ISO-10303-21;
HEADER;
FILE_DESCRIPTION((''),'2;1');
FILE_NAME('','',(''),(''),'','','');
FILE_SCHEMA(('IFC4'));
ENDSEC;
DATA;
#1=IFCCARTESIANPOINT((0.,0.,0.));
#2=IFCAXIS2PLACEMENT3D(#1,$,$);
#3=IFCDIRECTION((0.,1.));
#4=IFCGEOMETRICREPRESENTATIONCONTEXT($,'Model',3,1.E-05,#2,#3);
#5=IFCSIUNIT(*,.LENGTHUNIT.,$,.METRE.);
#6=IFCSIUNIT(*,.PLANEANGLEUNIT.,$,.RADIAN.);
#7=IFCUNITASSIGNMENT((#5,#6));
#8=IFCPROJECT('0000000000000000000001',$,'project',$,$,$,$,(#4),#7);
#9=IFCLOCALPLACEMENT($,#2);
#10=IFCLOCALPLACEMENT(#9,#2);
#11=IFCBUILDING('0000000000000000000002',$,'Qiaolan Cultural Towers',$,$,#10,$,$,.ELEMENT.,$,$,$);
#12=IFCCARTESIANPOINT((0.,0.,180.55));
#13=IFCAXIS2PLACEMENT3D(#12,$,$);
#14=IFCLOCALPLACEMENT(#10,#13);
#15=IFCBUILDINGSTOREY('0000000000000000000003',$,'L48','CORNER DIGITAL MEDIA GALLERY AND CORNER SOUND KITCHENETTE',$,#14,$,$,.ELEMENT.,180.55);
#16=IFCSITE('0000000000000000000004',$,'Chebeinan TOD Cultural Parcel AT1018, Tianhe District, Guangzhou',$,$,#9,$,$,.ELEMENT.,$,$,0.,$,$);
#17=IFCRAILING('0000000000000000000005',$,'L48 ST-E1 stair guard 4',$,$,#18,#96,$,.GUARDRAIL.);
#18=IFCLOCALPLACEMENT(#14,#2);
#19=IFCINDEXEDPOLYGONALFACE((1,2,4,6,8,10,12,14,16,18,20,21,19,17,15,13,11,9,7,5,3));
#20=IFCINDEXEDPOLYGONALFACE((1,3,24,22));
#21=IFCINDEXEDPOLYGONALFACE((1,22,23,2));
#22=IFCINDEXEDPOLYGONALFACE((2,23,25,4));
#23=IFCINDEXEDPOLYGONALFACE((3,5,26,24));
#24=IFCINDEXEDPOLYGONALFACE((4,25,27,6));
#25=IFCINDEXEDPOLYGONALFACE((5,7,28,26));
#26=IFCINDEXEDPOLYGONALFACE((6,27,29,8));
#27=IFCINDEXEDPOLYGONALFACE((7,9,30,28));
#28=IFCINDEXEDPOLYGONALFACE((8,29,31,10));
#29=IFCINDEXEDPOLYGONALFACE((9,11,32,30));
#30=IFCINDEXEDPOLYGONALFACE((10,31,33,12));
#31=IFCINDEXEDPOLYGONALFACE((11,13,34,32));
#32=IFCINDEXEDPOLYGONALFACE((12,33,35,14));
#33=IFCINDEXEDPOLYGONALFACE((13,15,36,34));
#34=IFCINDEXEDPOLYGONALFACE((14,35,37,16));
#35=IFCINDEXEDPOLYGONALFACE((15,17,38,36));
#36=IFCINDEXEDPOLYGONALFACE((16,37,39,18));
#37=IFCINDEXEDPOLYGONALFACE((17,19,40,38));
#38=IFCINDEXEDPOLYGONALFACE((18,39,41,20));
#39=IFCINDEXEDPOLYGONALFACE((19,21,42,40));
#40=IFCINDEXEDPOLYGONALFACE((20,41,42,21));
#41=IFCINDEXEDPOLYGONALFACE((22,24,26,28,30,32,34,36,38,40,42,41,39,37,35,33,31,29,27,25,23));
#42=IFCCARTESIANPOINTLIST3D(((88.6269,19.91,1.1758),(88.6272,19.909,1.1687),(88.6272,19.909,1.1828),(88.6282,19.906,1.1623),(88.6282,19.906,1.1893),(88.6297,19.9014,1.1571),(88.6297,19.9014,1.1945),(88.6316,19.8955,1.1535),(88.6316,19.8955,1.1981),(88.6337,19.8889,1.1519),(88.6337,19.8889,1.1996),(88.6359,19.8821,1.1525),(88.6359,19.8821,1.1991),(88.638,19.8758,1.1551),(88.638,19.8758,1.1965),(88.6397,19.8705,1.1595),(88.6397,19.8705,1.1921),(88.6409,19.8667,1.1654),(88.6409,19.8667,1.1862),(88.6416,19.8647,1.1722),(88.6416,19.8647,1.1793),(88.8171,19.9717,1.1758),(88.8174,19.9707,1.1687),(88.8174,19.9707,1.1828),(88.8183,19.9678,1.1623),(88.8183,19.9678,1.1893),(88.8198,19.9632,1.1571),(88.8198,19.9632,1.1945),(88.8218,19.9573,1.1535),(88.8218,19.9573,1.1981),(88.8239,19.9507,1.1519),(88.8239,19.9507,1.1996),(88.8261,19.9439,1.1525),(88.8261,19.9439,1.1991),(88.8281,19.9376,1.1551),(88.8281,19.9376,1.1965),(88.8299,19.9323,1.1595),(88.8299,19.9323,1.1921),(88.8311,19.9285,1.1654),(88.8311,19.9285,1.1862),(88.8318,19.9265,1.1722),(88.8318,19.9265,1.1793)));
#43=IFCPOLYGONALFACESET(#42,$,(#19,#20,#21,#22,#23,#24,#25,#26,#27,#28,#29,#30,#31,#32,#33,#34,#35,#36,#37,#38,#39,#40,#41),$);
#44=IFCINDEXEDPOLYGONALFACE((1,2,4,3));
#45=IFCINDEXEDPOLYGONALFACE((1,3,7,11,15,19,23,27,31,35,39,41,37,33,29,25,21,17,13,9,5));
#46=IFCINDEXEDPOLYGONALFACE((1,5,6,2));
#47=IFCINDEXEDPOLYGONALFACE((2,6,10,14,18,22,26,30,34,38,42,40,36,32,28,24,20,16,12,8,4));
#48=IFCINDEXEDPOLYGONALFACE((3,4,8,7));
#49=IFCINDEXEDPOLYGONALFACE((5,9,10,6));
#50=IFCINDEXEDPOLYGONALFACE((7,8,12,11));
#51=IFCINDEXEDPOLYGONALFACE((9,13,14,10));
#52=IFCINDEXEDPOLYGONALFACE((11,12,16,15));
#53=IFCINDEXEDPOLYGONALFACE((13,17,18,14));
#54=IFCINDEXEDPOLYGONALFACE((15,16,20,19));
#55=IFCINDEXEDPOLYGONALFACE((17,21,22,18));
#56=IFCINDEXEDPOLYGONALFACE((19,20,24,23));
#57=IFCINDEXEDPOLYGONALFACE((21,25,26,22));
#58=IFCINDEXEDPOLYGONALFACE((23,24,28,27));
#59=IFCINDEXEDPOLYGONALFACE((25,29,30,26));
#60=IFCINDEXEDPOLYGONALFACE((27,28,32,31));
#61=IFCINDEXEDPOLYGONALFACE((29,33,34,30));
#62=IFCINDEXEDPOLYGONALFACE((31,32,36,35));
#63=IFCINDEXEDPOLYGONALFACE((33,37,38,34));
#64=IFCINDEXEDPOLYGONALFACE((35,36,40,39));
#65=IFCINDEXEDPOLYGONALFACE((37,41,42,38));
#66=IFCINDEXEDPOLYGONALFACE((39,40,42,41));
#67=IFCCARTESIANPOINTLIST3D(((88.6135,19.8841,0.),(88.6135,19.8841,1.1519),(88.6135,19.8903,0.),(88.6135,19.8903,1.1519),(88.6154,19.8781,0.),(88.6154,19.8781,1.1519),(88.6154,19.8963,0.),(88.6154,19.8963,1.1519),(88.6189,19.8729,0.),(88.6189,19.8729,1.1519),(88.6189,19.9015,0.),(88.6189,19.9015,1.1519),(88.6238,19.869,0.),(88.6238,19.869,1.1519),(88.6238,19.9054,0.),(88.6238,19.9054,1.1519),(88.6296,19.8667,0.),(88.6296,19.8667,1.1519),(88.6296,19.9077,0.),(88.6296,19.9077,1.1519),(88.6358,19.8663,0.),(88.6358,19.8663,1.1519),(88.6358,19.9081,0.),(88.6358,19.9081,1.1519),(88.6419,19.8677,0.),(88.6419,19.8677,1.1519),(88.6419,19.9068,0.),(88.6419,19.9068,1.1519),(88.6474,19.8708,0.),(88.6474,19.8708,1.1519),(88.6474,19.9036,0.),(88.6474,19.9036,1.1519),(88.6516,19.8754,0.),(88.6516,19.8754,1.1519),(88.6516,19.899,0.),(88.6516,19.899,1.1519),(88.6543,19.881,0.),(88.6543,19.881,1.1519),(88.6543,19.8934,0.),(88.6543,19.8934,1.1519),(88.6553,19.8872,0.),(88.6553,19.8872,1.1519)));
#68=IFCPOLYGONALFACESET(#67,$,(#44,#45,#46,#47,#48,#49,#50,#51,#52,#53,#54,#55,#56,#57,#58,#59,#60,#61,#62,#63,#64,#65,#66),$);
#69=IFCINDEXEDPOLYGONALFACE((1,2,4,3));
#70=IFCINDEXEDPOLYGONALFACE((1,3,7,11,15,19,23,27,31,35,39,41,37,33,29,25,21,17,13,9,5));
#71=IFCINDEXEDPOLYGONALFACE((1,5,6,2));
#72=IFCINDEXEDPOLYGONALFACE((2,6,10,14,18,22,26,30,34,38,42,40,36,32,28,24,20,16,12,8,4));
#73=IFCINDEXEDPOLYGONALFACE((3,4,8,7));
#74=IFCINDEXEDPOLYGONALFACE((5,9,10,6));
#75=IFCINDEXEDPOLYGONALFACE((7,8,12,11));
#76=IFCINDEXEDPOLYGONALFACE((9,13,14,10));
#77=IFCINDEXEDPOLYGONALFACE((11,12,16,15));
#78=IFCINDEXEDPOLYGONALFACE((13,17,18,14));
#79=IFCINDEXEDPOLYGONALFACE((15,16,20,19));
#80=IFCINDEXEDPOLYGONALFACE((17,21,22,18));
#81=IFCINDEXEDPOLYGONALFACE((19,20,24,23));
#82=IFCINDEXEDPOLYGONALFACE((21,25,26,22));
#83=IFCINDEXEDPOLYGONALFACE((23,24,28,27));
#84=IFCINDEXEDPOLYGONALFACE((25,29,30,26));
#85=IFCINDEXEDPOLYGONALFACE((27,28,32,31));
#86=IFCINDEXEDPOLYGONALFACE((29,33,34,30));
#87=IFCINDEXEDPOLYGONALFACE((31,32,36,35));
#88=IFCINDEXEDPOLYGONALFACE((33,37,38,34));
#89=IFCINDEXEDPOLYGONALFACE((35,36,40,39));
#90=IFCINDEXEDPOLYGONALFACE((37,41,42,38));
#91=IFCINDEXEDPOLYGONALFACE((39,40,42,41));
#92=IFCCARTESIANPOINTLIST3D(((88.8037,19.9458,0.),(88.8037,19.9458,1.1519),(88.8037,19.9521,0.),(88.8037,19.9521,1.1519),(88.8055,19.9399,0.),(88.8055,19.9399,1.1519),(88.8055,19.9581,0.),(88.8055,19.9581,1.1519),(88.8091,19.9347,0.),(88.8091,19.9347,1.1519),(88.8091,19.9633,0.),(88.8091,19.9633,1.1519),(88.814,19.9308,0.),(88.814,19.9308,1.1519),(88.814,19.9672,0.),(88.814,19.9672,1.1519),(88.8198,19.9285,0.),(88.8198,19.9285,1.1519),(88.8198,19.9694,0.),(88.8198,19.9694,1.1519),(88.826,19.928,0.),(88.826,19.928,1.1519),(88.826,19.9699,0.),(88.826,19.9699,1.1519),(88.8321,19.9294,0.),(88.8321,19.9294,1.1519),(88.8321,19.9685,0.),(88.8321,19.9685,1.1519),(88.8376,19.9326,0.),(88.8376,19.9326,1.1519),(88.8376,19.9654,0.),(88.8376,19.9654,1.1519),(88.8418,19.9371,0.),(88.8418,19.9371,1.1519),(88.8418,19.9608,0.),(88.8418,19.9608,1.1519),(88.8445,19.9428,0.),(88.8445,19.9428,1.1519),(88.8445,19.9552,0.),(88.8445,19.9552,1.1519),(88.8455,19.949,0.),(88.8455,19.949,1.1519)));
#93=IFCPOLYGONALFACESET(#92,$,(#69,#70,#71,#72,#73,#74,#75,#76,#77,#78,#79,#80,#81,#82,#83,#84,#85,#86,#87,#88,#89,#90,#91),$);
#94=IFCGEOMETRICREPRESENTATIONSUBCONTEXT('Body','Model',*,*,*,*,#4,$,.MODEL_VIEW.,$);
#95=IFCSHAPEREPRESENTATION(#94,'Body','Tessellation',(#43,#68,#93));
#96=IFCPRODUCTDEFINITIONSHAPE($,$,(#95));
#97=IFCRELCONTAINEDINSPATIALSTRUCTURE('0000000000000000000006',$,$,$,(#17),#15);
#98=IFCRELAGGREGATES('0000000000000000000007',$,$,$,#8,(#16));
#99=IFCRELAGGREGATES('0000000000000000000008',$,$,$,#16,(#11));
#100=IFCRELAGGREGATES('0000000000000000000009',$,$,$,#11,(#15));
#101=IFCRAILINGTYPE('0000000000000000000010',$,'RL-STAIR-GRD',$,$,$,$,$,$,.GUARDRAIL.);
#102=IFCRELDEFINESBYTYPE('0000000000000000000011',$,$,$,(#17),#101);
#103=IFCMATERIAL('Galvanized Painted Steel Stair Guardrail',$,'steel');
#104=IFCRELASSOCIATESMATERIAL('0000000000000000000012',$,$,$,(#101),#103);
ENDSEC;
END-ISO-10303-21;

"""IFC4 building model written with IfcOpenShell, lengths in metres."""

from ifc_helpers import new_model, si_unit, direction, frame, origin, origin_2d, place, context, subcontext, project, spatial, circle, extrude, material, type_object, element, save


model = new_model("IFC4")

# Units and contexts
model_context = context("Model", 3, precision=1e-05, world=origin(), true_north=direction((0.0, 1.0)))
body_context = subcontext(model_context, "Body", "Model", "MODEL_VIEW")
ifc_project = project(units=[si_unit("LENGTHUNIT", "METRE"), si_unit("PLANEANGLEUNIT", "RADIAN")], contexts=[model_context])

# Site, building, storey
site_placement = place(None, origin())
site = spatial("IfcSite", under=ifc_project, at=site_placement, Name="Chebeinan TOD Cultural Parcel AT1018, Tianhe District, Guangzhou", CompositionType="ELEMENT", RefElevation=0.0)
building_placement = place(site_placement, origin())
building = spatial("IfcBuilding", under=site, at=building_placement, Name="Qiaolan Cultural Towers", CompositionType="ELEMENT")
storey_placement = place(building_placement, frame((0.0, 0.0, 180.55)))
storey = spatial("IfcBuildingStorey", under=building, at=storey_placement, Name="L48", Description="CORNER DIGITAL MEDIA GALLERY AND CORNER SOUND KITCHENETTE", CompositionType="ELEMENT", Elevation=180.55)

# Railing
ifc_material_1 = material(Name="Galvanized Painted Steel Stair Guardrail", Category="steel")
railing_type_1 = type_object("IfcRailingType", Name="RL-STAIR-GRD", PredefinedType="GUARDRAIL", material=ifc_material_1)
railing_1_placement = place(storey_placement, frame((88.6343, 19.8872, 0.0)))
element("IfcRailing", 1, at=railing_1_placement, inside=storey, type_object=railing_type_1, Name="L48 ST-E1 stair guard 4", PredefinedType="GUARDRAIL", context=body_context, shape_type="SweptSolid", body=[
    extrude(circle(Radius=0.0239, at=origin_2d()), frame((0.0, 0.0, 1.1758), z_axis=(0.951097, 0.308893, 0.0), x_axis=(-0.308893, 0.951097, 0.0)), (0.0, 0.0, 1.0), 0.2),
    extrude(circle(Radius=0.021, at=origin_2d()), origin(), (0.0, 0.0, 1.0), 1.1519),
    extrude(circle(Radius=0.021, at=origin_2d()), frame((0.1902, 0.0618, 0.0)), (0.0, 0.0, 1.0), 1.1519),
])

save(model, "model.ifc")
